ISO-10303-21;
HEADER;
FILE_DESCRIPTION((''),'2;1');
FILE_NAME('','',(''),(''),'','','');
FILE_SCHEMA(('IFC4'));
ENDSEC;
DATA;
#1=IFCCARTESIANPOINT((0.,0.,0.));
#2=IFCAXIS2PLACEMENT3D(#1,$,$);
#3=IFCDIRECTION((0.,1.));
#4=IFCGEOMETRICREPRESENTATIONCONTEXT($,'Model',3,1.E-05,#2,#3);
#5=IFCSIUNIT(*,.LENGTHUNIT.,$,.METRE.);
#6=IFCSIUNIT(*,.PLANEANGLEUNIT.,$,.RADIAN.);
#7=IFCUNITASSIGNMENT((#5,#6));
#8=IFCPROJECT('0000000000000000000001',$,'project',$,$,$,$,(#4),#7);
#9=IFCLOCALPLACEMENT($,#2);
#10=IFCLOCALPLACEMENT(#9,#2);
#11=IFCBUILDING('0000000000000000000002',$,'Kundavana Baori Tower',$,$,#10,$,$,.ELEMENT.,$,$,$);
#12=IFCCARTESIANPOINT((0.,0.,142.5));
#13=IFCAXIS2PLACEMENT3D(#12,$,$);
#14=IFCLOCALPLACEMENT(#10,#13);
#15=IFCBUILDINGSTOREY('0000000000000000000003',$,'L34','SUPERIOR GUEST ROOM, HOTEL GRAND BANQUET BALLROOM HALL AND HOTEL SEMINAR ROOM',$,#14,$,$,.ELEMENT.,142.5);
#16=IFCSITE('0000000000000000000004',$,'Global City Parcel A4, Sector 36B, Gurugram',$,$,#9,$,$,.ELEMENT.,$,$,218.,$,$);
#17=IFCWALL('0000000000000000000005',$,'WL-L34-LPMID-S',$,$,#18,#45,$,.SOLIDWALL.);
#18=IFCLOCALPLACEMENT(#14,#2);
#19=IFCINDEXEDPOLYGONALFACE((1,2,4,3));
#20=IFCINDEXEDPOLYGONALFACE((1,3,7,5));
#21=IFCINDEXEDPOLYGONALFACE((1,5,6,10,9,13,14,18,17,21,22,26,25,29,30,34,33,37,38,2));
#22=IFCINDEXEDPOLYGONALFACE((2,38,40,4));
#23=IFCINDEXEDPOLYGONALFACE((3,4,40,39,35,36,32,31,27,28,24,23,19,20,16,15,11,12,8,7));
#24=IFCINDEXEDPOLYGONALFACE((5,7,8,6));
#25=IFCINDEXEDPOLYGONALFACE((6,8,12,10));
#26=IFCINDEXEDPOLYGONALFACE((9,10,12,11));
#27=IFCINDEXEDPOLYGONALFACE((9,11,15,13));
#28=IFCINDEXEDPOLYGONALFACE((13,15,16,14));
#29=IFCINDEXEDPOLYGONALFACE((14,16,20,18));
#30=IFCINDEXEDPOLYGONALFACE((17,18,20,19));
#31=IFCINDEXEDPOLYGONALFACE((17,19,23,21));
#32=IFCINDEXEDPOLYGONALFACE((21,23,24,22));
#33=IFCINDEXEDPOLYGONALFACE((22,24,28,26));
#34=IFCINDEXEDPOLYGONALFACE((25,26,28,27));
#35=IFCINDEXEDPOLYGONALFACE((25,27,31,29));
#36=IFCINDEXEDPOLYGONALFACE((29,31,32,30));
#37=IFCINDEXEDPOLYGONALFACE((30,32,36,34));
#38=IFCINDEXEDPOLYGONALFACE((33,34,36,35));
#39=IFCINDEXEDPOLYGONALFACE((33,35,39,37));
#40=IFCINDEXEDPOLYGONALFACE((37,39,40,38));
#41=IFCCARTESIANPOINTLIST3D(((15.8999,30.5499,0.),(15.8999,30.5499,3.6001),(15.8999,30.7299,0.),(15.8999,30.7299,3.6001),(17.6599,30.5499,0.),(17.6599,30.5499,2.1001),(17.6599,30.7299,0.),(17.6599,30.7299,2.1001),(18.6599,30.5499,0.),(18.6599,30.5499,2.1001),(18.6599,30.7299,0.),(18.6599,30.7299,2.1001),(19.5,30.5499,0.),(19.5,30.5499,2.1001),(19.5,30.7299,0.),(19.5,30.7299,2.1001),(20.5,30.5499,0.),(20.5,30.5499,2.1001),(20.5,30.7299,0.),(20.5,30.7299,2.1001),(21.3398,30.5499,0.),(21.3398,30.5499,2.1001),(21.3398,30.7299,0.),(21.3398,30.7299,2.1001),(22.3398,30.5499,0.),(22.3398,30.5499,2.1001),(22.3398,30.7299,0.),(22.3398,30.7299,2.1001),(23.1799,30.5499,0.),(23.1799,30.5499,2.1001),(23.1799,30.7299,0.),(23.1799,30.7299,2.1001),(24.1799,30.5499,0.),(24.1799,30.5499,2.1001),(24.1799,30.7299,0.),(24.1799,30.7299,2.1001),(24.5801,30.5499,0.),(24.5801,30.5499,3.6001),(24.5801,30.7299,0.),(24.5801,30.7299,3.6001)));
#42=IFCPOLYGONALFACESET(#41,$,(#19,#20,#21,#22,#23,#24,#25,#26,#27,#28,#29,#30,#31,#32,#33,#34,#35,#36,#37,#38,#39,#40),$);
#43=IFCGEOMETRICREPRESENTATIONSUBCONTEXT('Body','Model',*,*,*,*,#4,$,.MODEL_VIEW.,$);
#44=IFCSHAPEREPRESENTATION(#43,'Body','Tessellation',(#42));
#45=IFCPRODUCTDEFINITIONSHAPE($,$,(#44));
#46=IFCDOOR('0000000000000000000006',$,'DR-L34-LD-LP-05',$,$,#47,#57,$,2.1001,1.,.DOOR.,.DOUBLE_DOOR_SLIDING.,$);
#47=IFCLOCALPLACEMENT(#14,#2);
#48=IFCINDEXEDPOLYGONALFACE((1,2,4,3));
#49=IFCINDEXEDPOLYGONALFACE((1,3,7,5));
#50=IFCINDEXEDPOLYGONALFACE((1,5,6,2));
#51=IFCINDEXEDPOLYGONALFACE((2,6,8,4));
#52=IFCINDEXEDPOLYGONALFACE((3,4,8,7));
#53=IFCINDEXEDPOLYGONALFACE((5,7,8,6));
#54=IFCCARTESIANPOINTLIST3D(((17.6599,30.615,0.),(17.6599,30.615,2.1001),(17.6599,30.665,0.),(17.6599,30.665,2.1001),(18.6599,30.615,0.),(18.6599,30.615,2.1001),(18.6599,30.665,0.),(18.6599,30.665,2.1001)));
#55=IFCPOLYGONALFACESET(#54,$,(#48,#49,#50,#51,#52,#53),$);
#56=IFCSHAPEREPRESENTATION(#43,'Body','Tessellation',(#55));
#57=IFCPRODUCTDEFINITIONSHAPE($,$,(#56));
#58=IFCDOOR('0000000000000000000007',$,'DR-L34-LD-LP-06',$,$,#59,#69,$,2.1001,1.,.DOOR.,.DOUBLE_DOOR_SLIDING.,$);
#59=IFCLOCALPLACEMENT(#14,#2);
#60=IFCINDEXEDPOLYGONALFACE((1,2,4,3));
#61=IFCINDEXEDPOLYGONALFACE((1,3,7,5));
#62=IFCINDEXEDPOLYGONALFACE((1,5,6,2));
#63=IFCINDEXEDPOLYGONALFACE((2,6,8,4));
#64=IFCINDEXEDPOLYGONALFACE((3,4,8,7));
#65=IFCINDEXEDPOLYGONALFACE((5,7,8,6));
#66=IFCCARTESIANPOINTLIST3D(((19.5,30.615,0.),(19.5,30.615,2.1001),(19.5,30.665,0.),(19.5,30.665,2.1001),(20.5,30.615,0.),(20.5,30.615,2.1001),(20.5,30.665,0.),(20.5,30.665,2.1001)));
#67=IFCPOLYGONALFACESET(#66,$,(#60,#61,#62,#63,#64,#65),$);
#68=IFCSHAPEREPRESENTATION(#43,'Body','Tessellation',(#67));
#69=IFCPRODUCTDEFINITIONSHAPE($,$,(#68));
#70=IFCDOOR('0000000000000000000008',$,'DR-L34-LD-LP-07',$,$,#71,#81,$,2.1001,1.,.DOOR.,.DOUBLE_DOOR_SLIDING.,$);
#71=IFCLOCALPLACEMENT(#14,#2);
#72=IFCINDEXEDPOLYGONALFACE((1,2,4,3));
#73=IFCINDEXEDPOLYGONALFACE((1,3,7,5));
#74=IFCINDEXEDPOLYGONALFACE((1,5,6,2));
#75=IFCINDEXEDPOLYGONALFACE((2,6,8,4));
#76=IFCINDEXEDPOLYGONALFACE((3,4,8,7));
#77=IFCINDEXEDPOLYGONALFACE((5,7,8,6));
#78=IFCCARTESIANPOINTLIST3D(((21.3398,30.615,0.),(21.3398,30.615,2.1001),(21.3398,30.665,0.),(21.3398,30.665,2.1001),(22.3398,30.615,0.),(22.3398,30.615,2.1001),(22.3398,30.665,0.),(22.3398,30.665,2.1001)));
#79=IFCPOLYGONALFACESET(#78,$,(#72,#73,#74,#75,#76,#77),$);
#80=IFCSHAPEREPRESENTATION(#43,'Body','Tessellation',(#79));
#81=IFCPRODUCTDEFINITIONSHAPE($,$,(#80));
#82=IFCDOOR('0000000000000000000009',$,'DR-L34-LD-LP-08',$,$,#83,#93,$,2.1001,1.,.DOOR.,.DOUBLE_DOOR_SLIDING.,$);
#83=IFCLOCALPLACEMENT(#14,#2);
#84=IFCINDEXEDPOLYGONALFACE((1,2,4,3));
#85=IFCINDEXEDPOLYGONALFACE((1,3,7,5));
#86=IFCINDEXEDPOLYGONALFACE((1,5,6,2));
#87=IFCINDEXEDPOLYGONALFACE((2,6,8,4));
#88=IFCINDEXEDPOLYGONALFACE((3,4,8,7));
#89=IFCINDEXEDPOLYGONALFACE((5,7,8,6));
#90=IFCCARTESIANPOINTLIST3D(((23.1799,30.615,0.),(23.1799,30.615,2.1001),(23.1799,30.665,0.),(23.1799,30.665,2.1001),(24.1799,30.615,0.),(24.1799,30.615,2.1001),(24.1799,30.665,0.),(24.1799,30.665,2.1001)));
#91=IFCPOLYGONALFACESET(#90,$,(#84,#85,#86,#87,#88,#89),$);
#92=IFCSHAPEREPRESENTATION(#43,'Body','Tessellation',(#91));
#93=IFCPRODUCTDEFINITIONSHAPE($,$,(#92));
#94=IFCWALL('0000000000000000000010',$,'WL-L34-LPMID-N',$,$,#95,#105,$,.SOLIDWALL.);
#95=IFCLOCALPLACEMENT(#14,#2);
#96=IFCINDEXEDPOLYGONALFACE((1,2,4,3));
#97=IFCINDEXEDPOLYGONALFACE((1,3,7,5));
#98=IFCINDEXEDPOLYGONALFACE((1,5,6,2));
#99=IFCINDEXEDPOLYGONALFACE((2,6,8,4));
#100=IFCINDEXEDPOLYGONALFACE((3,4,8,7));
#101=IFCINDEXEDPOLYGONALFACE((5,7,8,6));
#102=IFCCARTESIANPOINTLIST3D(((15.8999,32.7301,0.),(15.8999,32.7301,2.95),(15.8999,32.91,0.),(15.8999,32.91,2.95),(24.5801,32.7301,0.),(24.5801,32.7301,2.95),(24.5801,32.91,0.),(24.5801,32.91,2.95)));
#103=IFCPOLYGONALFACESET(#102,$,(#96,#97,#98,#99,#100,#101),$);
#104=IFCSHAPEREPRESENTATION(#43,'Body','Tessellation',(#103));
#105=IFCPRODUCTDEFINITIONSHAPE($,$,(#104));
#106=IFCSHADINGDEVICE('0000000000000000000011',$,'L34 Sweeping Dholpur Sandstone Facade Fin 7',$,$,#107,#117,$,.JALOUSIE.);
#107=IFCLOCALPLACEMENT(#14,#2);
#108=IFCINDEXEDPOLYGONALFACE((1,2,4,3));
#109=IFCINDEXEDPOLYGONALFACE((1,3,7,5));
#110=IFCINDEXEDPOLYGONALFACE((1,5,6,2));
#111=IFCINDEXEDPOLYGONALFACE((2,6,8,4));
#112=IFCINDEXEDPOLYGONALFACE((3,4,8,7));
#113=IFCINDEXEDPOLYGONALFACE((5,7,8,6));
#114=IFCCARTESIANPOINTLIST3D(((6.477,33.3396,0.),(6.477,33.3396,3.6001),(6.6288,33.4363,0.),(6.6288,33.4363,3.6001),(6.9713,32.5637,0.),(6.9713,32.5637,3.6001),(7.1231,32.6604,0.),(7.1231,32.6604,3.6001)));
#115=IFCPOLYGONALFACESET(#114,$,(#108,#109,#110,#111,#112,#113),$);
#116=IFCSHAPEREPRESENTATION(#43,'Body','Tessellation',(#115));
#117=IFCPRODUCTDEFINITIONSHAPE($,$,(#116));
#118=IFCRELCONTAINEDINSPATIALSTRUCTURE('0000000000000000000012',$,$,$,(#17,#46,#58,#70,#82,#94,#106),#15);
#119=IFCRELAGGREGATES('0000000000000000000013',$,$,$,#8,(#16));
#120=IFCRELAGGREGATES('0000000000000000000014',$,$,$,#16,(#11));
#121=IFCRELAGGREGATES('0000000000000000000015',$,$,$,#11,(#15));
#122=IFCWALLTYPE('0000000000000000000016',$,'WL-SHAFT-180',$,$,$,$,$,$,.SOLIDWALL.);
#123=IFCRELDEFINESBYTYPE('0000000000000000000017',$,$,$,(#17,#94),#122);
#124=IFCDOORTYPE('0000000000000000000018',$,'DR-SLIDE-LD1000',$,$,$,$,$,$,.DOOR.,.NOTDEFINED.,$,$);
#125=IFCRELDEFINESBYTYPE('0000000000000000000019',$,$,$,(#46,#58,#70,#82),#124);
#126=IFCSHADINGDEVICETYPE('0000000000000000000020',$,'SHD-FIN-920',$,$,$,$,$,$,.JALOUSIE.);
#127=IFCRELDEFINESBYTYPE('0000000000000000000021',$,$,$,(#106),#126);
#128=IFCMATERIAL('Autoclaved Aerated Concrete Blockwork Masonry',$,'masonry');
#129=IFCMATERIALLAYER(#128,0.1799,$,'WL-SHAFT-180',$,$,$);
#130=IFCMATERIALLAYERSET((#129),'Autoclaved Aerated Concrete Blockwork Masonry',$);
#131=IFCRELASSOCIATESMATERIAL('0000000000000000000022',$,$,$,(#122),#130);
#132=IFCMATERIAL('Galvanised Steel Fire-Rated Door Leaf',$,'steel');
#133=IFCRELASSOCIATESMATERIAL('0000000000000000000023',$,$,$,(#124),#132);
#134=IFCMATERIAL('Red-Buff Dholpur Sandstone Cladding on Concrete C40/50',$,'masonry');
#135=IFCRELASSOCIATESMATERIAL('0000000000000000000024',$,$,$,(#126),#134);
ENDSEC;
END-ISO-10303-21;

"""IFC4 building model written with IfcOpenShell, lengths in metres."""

from ifc_helpers import new_model, si_unit, direction, frame, frame_2d, origin, origin_2d, place, context, subcontext, project, spatial, rectangle, extrude, material, layer, layer_set, type_object, element, fill, save


model = new_model("IFC4")

# Units and contexts
model_context = context("Model", 3, precision=1e-05, world=origin(), true_north=direction((0.0, 1.0)))
body_context = subcontext(model_context, "Body", "Model", "MODEL_VIEW")
ifc_project = project(units=[si_unit("LENGTHUNIT", "METRE"), si_unit("PLANEANGLEUNIT", "RADIAN")], contexts=[model_context])

# Site, building, storey
site_placement = place(None, origin())
site = spatial("IfcSite", under=ifc_project, at=site_placement, Name="Global City Parcel A4, Sector 36B, Gurugram", CompositionType="ELEMENT", RefElevation=218.0)
building_placement = place(site_placement, origin())
building = spatial("IfcBuilding", under=site, at=building_placement, Name="Kundavana Baori Tower", CompositionType="ELEMENT")
storey_placement = place(building_placement, frame((0.0, 0.0, 142.5)))
storey = spatial("IfcBuildingStorey", under=building, at=storey_placement, Name="L34", Description="SUPERIOR GUEST ROOM, HOTEL GRAND BANQUET BALLROOM HALL AND HOTEL SEMINAR ROOM", CompositionType="ELEMENT", Elevation=142.5)

# Shared definitions
ifc_material_1 = material(Name="Autoclaved Aerated Concrete Blockwork Masonry", Category="masonry")
ifc_layer_1 = layer(ifc_material_1, 0.1799, Name="WL-SHAFT-180")
ifc_layer_set_1 = layer_set([ifc_layer_1], Name="Autoclaved Aerated Concrete Blockwork Masonry")
wall_type_1 = type_object("IfcWallType", Name="WL-SHAFT-180", PredefinedType="SOLIDWALL", material=ifc_layer_set_1)

# Wall, openings, doors
wall_1_placement = place(storey_placement, frame((15.8999, 30.6399, 0.0), z_axis=(0.0, 0.0, 1.0), x_axis=(1.0, 0.0, 0.0)))
wall_1 = element("IfcWall", 1, at=wall_1_placement, inside=storey, type_object=wall_type_1, Name="WL-L34-LPMID-S", PredefinedType="SOLIDWALL", context=body_context, shape_type="SweptSolid", body=[
    extrude(rectangle(XDim=8.6802, YDim=0.1799, at=frame_2d((4.3401, 0.0))), origin(), (0.0, 0.0, 1.0), 3.6001),
])
opening_1_placement = place(wall_1_placement, frame((1.76, 0.0, 0.0)))
opening_1 = element("IfcOpeningElement", 2, at=opening_1_placement, cuts=wall_1, PredefinedType="OPENING", context=body_context, shape_type="SweptSolid", body=[
    extrude(rectangle(XDim=1.0, YDim=2.1001, at=frame_2d((0.5, 1.05))), frame((0.0, 0.1001, 0.0), z_axis=(0.0, -1.0, 0.0), x_axis=(1.0, 0.0, 0.0)), (0.0, 0.0, 1.0), 0.2),
])
opening_2_placement = place(wall_1_placement, frame((3.6001, 0.0, 0.0)))
opening_2 = element("IfcOpeningElement", 3, at=opening_2_placement, cuts=wall_1, PredefinedType="OPENING", context=body_context, shape_type="SweptSolid", body=[
    extrude(rectangle(XDim=1.0, YDim=2.1001, at=frame_2d((0.5, 1.05))), frame((0.0, 0.1001, 0.0), z_axis=(0.0, -1.0, 0.0), x_axis=(1.0, 0.0, 0.0)), (0.0, 0.0, 1.0), 0.2),
])
opening_3_placement = place(wall_1_placement, frame((5.4399, 0.0, 0.0)))
opening_3 = element("IfcOpeningElement", 4, at=opening_3_placement, cuts=wall_1, PredefinedType="OPENING", context=body_context, shape_type="SweptSolid", body=[
    extrude(rectangle(XDim=1.0, YDim=2.1001, at=frame_2d((0.5, 1.05))), frame((0.0, 0.1001, 0.0), z_axis=(0.0, -1.0, 0.0), x_axis=(1.0, 0.0, 0.0)), (0.0, 0.0, 1.0), 0.2),
])
opening_4_placement = place(wall_1_placement, frame((7.28, 0.0, 0.0)))
opening_4 = element("IfcOpeningElement", 5, at=opening_4_placement, cuts=wall_1, PredefinedType="OPENING", context=body_context, shape_type="SweptSolid", body=[
    extrude(rectangle(XDim=1.0, YDim=2.1001, at=frame_2d((0.5, 1.05))), frame((0.0, 0.1001, 0.0), z_axis=(0.0, -1.0, 0.0), x_axis=(1.0, 0.0, 0.0)), (0.0, 0.0, 1.0), 0.2),
])
ifc_material_2 = material(Name="Galvanised Steel Fire-Rated Door Leaf", Category="steel")
door_type_1 = type_object("IfcDoorType", Name="DR-SLIDE-LD1000", OperationType="NOTDEFINED", PredefinedType="DOOR", material=ifc_material_2)
door_1_placement = place(opening_1_placement, frame((1.0, 0.0, 0.0), z_axis=(0.0, 0.0, 1.0), x_axis=(-1.0, 0.0, 0.0)))
door_1 = element("IfcDoor", 6, at=door_1_placement, inside=storey, type_object=door_type_1, Name="DR-L34-LD-LP-05", OperationType="DOUBLE_DOOR_SLIDING", OverallHeight=2.1001, OverallWidth=1.0, PredefinedType="DOOR", context=body_context, shape_type="SweptSolid", body=[
    extrude(rectangle(XDim=1.0, YDim=2.1001, at=frame_2d((0.5, 1.05))), frame((0.0, 0.0249, 0.0), z_axis=(0.0, -1.0, 0.0), x_axis=(1.0, 0.0, 0.0)), (0.0, 0.0, 1.0), 0.05),
])
fill(opening_1, door_1)
door_2_placement = place(opening_2_placement, frame((1.0, 0.0, 0.0), z_axis=(0.0, 0.0, 1.0), x_axis=(-1.0, 0.0, 0.0)))
door_2 = element("IfcDoor", 7, at=door_2_placement, inside=storey, type_object=door_type_1, Name="DR-L34-LD-LP-06", OperationType="DOUBLE_DOOR_SLIDING", OverallHeight=2.1001, OverallWidth=1.0, PredefinedType="DOOR", context=body_context, shape_type="SweptSolid", body=[
    extrude(rectangle(XDim=1.0, YDim=2.1001, at=frame_2d((0.5, 1.05))), frame((0.0, 0.0249, 0.0), z_axis=(0.0, -1.0, 0.0), x_axis=(1.0, 0.0, 0.0)), (0.0, 0.0, 1.0), 0.05),
])
fill(opening_2, door_2)
door_3_placement = place(opening_3_placement, frame((1.0, 0.0, 0.0), z_axis=(0.0, 0.0, 1.0), x_axis=(-1.0, 0.0, 0.0)))
door_3 = element("IfcDoor", 8, at=door_3_placement, inside=storey, type_object=door_type_1, Name="DR-L34-LD-LP-07", OperationType="DOUBLE_DOOR_SLIDING", OverallHeight=2.1001, OverallWidth=1.0, PredefinedType="DOOR", context=body_context, shape_type="SweptSolid", body=[
    extrude(rectangle(XDim=1.0, YDim=2.1001, at=frame_2d((0.5, 1.05))), frame((0.0, 0.0249, 0.0), z_axis=(0.0, -1.0, 0.0), x_axis=(1.0, 0.0, 0.0)), (0.0, 0.0, 1.0), 0.05),
])
fill(opening_3, door_3)
door_4_placement = place(opening_4_placement, frame((1.0, 0.0, 0.0), z_axis=(0.0, 0.0, 1.0), x_axis=(-1.0, 0.0, 0.0)))
door_4 = element("IfcDoor", 9, at=door_4_placement, inside=storey, type_object=door_type_1, Name="DR-L34-LD-LP-08", OperationType="DOUBLE_DOOR_SLIDING", OverallHeight=2.1001, OverallWidth=1.0, PredefinedType="DOOR", context=body_context, shape_type="SweptSolid", body=[
    extrude(rectangle(XDim=1.0, YDim=2.1001, at=frame_2d((0.5, 1.05))), frame((0.0, 0.0249, 0.0), z_axis=(0.0, -1.0, 0.0), x_axis=(1.0, 0.0, 0.0)), (0.0, 0.0, 1.0), 0.05),
])
fill(opening_4, door_4)

# Wall
wall_2_placement = place(storey_placement, frame((15.8999, 32.8201, 0.0), z_axis=(0.0, 0.0, 1.0), x_axis=(1.0, 0.0, 0.0)))
element("IfcWall", 10, at=wall_2_placement, inside=storey, type_object=wall_type_1, Name="WL-L34-LPMID-N", PredefinedType="SOLIDWALL", context=body_context, shape_type="SweptSolid", body=[
    extrude(rectangle(XDim=8.6802, YDim=0.1799, at=frame_2d((4.3401, 0.0))), origin(), (0.0, 0.0, 1.0), 2.95),
])

# Shading device
ifc_material_3 = material(Name="Red-Buff Dholpur Sandstone Cladding on Concrete C40/50", Category="masonry")
shading_device_type = type_object("IfcShadingDeviceType", Name="SHD-FIN-920", PredefinedType="JALOUSIE", material=ifc_material_3)
shading_device_placement = place(storey_placement, frame((6.8, 33.0, 0.0), z_axis=(0.0, 0.0, 1.0), x_axis=(0.843391, 0.5373, 0.0)))
element("IfcShadingDevice", 11, at=shading_device_placement, inside=storey, type_object=shading_device_type, Name="L34 Sweeping Dholpur Sandstone Facade Fin 7", PredefinedType="JALOUSIE", context=body_context, shape_type="SweptSolid", body=[
    extrude(rectangle(XDim=0.1799, YDim=0.9199, at=origin_2d()), origin(), (0.0, 0.0, 1.0), 3.6001),
])

save(model, "model.ifc")
